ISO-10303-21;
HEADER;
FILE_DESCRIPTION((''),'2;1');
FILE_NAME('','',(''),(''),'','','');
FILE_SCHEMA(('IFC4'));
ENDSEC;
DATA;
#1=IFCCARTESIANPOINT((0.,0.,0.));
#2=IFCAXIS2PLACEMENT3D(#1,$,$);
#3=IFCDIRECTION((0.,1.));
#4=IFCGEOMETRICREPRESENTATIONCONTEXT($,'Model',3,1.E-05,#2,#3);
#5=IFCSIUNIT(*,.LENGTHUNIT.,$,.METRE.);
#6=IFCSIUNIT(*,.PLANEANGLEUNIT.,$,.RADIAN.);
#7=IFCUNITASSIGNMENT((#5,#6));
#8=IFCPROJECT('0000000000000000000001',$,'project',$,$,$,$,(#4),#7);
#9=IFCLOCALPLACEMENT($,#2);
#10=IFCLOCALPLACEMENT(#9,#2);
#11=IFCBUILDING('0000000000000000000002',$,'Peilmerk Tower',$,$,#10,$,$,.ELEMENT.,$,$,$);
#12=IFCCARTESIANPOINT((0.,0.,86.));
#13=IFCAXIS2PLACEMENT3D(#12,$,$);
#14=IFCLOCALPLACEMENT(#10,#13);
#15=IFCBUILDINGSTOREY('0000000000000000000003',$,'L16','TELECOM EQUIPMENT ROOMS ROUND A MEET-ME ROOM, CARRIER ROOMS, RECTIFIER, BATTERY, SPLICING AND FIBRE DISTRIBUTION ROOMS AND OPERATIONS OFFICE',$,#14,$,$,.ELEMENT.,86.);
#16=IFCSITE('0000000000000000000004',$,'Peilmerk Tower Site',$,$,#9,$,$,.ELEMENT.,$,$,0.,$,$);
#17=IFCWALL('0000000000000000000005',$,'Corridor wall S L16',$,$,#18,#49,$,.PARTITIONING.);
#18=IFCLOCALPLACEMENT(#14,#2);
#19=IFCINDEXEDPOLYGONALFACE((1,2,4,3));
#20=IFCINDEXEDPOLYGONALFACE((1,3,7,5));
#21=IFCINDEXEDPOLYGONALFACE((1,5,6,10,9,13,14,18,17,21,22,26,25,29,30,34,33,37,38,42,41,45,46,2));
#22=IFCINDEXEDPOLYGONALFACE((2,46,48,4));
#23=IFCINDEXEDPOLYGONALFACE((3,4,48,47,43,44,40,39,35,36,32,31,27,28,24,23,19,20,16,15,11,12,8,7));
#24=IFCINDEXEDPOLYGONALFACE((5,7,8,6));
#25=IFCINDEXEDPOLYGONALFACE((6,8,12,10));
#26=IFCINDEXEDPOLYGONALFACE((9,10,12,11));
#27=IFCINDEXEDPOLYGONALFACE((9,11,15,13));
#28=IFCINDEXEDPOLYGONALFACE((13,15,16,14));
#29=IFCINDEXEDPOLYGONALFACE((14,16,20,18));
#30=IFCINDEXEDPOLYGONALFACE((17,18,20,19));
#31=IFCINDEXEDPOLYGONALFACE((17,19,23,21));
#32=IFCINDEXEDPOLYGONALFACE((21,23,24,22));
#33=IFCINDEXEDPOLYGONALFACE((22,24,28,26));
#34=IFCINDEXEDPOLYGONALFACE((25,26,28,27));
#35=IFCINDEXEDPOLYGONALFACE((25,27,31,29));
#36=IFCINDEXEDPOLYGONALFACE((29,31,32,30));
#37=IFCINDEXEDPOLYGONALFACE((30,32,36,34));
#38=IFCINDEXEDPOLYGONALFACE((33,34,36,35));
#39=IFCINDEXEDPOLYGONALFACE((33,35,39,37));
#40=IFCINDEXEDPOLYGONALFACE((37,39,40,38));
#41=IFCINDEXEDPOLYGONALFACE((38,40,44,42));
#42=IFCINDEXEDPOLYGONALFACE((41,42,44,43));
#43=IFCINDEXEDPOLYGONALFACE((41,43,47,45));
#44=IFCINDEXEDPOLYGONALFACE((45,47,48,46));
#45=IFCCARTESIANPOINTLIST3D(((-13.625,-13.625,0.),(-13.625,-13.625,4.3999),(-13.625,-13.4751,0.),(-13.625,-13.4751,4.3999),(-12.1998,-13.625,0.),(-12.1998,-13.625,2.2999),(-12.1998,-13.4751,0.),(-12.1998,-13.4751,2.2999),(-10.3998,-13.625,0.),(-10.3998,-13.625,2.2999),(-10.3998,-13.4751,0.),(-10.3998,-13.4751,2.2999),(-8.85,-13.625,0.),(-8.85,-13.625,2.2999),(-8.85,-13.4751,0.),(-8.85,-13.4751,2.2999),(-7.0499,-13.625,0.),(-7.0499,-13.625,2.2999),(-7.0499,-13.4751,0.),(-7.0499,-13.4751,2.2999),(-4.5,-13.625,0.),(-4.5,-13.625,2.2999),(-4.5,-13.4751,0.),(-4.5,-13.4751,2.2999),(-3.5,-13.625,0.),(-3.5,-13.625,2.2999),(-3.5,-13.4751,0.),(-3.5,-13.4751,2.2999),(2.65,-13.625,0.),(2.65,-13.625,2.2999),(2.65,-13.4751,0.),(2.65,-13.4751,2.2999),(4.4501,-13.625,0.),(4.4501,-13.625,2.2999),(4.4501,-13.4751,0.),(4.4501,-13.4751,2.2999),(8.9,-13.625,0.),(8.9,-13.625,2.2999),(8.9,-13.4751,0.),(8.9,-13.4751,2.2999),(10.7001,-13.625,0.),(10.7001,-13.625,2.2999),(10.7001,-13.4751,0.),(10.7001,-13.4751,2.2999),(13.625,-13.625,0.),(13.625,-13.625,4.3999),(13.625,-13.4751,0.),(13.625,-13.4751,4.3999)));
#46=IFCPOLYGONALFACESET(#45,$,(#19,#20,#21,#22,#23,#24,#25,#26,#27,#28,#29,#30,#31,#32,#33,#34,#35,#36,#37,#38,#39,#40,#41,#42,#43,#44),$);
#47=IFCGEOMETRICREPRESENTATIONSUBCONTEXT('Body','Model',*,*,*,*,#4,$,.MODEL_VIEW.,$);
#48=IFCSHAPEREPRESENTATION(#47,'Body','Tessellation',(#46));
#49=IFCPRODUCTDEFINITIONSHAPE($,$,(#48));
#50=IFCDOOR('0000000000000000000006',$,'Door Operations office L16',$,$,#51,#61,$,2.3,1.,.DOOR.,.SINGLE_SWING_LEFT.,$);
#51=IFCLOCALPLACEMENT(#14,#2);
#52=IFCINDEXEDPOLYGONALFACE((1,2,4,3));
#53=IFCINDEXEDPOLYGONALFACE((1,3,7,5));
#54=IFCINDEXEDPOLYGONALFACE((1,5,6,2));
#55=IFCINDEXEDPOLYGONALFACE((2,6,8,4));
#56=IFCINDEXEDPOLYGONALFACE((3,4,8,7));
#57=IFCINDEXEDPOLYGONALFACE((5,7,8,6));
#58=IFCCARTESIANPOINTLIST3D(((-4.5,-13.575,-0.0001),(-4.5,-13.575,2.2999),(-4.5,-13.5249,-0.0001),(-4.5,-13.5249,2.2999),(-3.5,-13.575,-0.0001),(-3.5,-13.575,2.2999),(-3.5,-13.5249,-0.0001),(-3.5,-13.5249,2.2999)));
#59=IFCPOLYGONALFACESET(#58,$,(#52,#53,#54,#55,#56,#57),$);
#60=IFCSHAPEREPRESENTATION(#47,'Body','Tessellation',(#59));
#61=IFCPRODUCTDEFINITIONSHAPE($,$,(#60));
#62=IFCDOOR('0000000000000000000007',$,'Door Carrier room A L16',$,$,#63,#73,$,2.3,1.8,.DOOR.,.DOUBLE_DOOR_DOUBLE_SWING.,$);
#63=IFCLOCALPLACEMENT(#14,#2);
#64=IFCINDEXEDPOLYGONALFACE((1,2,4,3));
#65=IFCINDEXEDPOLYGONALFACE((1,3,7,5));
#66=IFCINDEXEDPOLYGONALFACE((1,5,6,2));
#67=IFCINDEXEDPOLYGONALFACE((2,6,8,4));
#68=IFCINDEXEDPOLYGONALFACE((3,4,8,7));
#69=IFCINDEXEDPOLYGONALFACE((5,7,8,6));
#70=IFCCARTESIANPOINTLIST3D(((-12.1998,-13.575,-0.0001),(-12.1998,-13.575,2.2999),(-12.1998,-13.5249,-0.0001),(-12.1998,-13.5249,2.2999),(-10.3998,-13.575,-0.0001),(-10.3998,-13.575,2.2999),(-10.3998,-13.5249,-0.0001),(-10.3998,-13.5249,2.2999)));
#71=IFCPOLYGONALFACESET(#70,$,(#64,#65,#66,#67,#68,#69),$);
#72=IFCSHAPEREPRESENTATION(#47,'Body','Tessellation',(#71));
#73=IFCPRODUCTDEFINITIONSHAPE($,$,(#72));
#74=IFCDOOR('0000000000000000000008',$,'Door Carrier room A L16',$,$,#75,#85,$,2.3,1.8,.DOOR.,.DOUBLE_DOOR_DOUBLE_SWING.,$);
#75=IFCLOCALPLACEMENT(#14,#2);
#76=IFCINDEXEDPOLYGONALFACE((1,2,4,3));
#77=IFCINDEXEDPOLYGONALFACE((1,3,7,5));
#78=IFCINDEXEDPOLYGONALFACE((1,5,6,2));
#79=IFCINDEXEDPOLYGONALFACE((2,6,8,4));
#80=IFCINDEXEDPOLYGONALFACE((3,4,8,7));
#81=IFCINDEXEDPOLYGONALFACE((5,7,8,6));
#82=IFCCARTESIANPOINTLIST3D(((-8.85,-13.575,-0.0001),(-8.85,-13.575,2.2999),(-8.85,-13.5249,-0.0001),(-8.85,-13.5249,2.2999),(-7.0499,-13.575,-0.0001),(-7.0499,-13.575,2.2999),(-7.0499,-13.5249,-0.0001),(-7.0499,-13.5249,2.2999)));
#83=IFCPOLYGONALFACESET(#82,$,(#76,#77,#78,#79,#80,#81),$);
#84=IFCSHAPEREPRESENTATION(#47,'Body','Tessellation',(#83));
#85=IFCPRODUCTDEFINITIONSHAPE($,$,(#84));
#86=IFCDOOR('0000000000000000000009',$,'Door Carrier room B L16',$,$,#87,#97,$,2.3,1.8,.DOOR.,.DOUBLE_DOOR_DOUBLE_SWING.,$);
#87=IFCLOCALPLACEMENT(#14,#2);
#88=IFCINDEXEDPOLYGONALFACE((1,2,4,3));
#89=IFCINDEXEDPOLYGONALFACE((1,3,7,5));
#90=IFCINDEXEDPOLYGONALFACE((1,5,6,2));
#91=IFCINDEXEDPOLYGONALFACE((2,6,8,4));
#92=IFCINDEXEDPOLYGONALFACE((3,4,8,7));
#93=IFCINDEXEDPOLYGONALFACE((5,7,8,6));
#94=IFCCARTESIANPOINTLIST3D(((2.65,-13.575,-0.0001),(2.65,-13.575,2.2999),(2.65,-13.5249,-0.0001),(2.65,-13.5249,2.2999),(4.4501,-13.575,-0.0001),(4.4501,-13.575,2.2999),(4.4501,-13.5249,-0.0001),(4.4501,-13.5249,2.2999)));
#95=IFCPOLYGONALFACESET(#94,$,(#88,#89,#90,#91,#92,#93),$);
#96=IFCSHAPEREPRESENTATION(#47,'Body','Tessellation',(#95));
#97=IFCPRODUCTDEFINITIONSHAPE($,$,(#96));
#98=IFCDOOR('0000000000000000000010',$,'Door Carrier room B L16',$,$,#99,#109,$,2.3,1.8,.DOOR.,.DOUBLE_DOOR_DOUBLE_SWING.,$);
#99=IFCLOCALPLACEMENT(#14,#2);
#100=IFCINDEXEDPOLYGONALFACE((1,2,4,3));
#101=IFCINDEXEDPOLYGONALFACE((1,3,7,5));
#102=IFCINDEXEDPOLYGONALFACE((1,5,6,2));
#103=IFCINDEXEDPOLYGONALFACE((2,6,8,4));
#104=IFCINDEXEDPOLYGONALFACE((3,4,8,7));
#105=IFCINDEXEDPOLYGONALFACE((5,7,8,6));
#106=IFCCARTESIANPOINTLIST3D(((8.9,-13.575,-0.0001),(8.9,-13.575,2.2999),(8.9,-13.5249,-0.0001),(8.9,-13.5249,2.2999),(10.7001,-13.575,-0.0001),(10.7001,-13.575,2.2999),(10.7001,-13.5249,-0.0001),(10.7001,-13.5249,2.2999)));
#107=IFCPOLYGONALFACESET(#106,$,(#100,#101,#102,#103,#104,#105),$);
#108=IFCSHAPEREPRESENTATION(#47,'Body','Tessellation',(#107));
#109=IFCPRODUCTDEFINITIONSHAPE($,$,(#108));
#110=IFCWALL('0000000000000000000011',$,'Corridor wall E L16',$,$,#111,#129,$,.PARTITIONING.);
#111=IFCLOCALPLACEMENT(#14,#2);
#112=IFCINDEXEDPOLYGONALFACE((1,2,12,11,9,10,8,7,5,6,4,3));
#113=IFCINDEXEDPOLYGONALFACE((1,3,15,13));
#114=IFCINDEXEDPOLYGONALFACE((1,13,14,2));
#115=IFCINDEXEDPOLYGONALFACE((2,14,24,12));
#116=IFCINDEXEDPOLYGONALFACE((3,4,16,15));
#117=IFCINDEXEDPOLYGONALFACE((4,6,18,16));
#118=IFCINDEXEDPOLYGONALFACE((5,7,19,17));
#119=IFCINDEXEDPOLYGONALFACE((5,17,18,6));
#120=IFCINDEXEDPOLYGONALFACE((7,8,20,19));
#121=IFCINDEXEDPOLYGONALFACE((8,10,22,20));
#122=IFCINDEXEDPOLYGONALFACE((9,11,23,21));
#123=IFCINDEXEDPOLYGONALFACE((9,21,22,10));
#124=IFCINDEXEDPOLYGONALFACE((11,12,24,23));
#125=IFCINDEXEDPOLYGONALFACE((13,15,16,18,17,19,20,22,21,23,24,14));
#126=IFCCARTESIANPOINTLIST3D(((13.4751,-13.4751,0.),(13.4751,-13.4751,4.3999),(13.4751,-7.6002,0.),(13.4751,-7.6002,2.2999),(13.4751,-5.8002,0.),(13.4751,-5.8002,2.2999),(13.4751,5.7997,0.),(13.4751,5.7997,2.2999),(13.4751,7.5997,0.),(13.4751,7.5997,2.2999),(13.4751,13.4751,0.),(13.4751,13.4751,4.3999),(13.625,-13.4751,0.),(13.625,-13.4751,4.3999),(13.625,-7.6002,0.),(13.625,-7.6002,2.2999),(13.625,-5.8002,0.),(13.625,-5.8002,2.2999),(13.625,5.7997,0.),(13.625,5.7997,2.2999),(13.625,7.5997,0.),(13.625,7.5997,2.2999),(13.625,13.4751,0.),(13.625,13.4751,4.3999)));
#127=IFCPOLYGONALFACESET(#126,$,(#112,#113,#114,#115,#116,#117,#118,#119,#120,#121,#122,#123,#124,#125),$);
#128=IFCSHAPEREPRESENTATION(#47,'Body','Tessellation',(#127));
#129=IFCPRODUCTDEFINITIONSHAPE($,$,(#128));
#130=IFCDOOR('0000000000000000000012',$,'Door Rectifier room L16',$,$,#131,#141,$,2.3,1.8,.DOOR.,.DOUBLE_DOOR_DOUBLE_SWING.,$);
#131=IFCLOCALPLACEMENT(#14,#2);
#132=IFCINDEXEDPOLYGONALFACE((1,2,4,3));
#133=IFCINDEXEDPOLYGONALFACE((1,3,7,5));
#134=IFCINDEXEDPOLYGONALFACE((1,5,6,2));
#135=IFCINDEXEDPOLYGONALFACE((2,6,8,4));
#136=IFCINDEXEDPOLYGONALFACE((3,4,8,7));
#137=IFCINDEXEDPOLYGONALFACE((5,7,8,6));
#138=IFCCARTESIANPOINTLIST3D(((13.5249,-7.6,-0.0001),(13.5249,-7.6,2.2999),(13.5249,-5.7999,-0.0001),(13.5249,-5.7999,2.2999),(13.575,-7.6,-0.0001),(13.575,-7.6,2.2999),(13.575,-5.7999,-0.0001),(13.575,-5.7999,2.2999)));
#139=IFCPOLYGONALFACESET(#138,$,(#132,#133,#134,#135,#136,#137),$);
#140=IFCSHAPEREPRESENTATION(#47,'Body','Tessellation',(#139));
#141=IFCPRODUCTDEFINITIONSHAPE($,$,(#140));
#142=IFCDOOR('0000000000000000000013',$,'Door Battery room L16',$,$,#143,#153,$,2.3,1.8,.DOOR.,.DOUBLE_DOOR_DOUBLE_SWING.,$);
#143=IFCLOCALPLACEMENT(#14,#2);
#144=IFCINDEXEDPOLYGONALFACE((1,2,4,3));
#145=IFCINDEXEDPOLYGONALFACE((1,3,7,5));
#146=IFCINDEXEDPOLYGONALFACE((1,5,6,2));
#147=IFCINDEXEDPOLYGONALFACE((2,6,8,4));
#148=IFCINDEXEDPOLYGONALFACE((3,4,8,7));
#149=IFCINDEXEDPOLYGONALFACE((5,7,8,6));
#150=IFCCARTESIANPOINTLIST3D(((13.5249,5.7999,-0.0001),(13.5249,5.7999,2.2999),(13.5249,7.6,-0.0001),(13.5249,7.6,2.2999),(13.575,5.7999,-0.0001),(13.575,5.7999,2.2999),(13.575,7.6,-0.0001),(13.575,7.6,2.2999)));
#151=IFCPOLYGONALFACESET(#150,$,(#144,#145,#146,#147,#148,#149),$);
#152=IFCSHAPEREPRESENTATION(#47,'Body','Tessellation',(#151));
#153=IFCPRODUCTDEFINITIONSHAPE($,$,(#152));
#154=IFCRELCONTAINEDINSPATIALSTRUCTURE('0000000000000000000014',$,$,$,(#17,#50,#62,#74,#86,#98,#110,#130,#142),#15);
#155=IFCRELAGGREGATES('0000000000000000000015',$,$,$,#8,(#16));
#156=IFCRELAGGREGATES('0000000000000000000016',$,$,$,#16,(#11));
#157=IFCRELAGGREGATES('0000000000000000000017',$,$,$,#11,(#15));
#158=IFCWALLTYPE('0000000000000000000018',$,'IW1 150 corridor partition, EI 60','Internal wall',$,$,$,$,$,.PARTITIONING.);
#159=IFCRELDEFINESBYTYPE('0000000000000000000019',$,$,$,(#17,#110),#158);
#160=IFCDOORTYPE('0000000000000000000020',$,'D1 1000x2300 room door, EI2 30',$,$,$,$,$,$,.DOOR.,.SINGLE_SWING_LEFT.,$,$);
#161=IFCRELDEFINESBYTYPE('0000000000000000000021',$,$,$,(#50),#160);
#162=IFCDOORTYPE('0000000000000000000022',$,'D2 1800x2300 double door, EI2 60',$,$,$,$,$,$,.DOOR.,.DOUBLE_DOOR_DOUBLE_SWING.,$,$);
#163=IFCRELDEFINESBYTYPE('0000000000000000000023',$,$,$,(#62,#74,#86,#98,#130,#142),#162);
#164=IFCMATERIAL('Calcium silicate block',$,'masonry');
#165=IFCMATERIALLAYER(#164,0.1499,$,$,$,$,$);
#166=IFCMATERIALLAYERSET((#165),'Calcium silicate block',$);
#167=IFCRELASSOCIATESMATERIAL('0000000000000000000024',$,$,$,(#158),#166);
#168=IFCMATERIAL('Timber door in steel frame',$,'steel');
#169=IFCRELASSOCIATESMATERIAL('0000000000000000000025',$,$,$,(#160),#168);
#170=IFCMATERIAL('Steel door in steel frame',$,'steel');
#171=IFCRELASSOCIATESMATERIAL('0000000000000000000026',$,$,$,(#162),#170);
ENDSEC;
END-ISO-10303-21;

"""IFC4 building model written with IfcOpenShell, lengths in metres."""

from ifc_helpers import new_model, si_unit, direction, frame, frame_2d, origin, place, context, subcontext, project, spatial, rectangle, extrude, material, layer, layer_set, type_object, element, fill, save


model = new_model("IFC4")

# Units and contexts
model_context = context("Model", 3, precision=1e-05, world=origin(), true_north=direction((0.0, 1.0)))
body_context = subcontext(model_context, "Body", "Model", "MODEL_VIEW")
ifc_project = project(units=[si_unit("LENGTHUNIT", "METRE"), si_unit("PLANEANGLEUNIT", "RADIAN")], contexts=[model_context])

# Site, building, storey
site_placement = place(None, origin())
site = spatial("IfcSite", under=ifc_project, at=site_placement, Name="Peilmerk Tower Site", CompositionType="ELEMENT", RefElevation=0.0)
building_placement = place(site_placement, origin())
building = spatial("IfcBuilding", under=site, at=building_placement, Name="Peilmerk Tower", CompositionType="ELEMENT")
storey_placement = place(building_placement, frame((0.0, 0.0, 86.0)))
storey = spatial("IfcBuildingStorey", under=building, at=storey_placement, Name="L16", Description="TELECOM EQUIPMENT ROOMS ROUND A MEET-ME ROOM, CARRIER ROOMS, RECTIFIER, BATTERY, SPLICING AND FIBRE DISTRIBUTION ROOMS AND OPERATIONS OFFICE", CompositionType="ELEMENT", Elevation=86.0)

# Walls, openings, doors
ifc_material_1 = material(Name="Calcium silicate block", Category="masonry")
ifc_layer_1 = layer(ifc_material_1, 0.1499)
ifc_layer_set_1 = layer_set([ifc_layer_1], Name="Calcium silicate block")
wall_type_1 = type_object("IfcWallType", Name="IW1 150 corridor partition, EI 60", Description="Internal wall", PredefinedType="PARTITIONING", material=ifc_layer_set_1)
wall_1_placement = place(storey_placement, frame((13.625, -13.55, 0.0), z_axis=(0.0, 0.0, 1.0), x_axis=(-1.0, 0.0, 0.0)))
wall_1 = element("IfcWall", 1, at=wall_1_placement, inside=storey, type_object=wall_type_1, Name="Corridor wall S L16", PredefinedType="PARTITIONING", context=body_context, shape_type="SweptSolid", body=[
    extrude(rectangle(XDim=27.25, YDim=0.1499, at=frame_2d((13.625, 0.0))), origin(), (0.0, 0.0, 1.0), 4.3999),
])
opening_1_placement = place(wall_1_placement, frame((24.0249, 0.0, 0.0)))
opening_1 = element("IfcOpeningElement", 2, at=opening_1_placement, cuts=wall_1, PredefinedType="OPENING", context=body_context, shape_type="SweptSolid", body=[
    extrude(rectangle(XDim=1.8, YDim=2.3, at=frame_2d((0.8999, 1.1499))), frame((0.0, 0.085, 0.0), z_axis=(0.0, -1.0, 0.0), x_axis=(1.0, 0.0, 0.0)), (0.0, 0.0, 1.0), 0.1699),
])
opening_2_placement = place(wall_1_placement, frame((20.675, 0.0, 0.0)))
opening_2 = element("IfcOpeningElement", 3, at=opening_2_placement, cuts=wall_1, PredefinedType="OPENING", context=body_context, shape_type="SweptSolid", body=[
    extrude(rectangle(XDim=1.8, YDim=2.3, at=frame_2d((0.8999, 1.1499))), frame((0.0, 0.085, 0.0), z_axis=(0.0, -1.0, 0.0), x_axis=(1.0, 0.0, 0.0)), (0.0, 0.0, 1.0), 0.1699),
])
opening_3_placement = place(wall_1_placement, frame((9.175, 0.0, 0.0)))
opening_3 = element("IfcOpeningElement", 4, at=opening_3_placement, cuts=wall_1, PredefinedType="OPENING", context=body_context, shape_type="SweptSolid", body=[
    extrude(rectangle(XDim=1.8, YDim=2.3, at=frame_2d((0.8999, 1.1499))), frame((0.0, 0.085, 0.0), z_axis=(0.0, -1.0, 0.0), x_axis=(1.0, 0.0, 0.0)), (0.0, 0.0, 1.0), 0.1699),
])
opening_4_placement = place(wall_1_placement, frame((2.925, 0.0, 0.0)))
opening_4 = element("IfcOpeningElement", 5, at=opening_4_placement, cuts=wall_1, PredefinedType="OPENING", context=body_context, shape_type="SweptSolid", body=[
    extrude(rectangle(XDim=1.8, YDim=2.3, at=frame_2d((0.8999, 1.1499))), frame((0.0, 0.085, 0.0), z_axis=(0.0, -1.0, 0.0), x_axis=(1.0, 0.0, 0.0)), (0.0, 0.0, 1.0), 0.1699),
])
opening_5_placement = place(wall_1_placement, frame((17.125, 0.0, 0.0)))
opening_5 = element("IfcOpeningElement", 6, at=opening_5_placement, cuts=wall_1, PredefinedType="OPENING", context=body_context, shape_type="SweptSolid", body=[
    extrude(rectangle(XDim=1.0, YDim=2.3, at=frame_2d((0.5, 1.1499))), frame((0.0, 0.085, 0.0), z_axis=(0.0, -1.0, 0.0), x_axis=(1.0, 0.0, 0.0)), (0.0, 0.0, 1.0), 0.1699),
])
ifc_material_2 = material(Name="Timber door in steel frame", Category="steel")
door_type_1 = type_object("IfcDoorType", Name="D1 1000x2300 room door, EI2 30", OperationType="SINGLE_SWING_LEFT", PredefinedType="DOOR", material=ifc_material_2)
door_1_placement = place(opening_5_placement, origin())
door_1 = element("IfcDoor", 7, at=door_1_placement, inside=storey, type_object=door_type_1, Name="Door Operations office L16", OperationType="SINGLE_SWING_LEFT", OverallHeight=2.3, OverallWidth=1.0, PredefinedType="DOOR", context=body_context, shape_type="SweptSolid", body=[
    extrude(rectangle(XDim=1.0, YDim=2.3, at=frame_2d((0.5, 1.1499))), frame((0.0, 0.0249, 0.0), z_axis=(0.0, -1.0, 0.0), x_axis=(1.0, 0.0, 0.0)), (0.0, 0.0, 1.0), 0.05),
])
fill(opening_5, door_1)
ifc_material_3 = material(Name="Steel door in steel frame", Category="steel")
door_type_2 = type_object("IfcDoorType", Name="D2 1800x2300 double door, EI2 60", OperationType="DOUBLE_DOOR_DOUBLE_SWING", PredefinedType="DOOR", material=ifc_material_3)
door_2_placement = place(opening_1_placement, origin())
door_2 = element("IfcDoor", 8, at=door_2_placement, inside=storey, type_object=door_type_2, Name="Door Carrier room A L16", OperationType="DOUBLE_DOOR_DOUBLE_SWING", OverallHeight=2.3, OverallWidth=1.8, PredefinedType="DOOR", context=body_context, shape_type="SweptSolid", body=[
    extrude(rectangle(XDim=1.8, YDim=2.3, at=frame_2d((0.8999, 1.1499))), frame((0.0, 0.0249, 0.0), z_axis=(0.0, -1.0, 0.0), x_axis=(1.0, 0.0, 0.0)), (0.0, 0.0, 1.0), 0.05),
])
fill(opening_1, door_2)
door_3_placement = place(opening_2_placement, origin())
door_3 = element("IfcDoor", 9, at=door_3_placement, inside=storey, type_object=door_type_2, Name="Door Carrier room A L16", OperationType="DOUBLE_DOOR_DOUBLE_SWING", OverallHeight=2.3, OverallWidth=1.8, PredefinedType="DOOR", context=body_context, shape_type="SweptSolid", body=[
    extrude(rectangle(XDim=1.8, YDim=2.3, at=frame_2d((0.8999, 1.1499))), frame((0.0, 0.0249, 0.0), z_axis=(0.0, -1.0, 0.0), x_axis=(1.0, 0.0, 0.0)), (0.0, 0.0, 1.0), 0.05),
])
fill(opening_2, door_3)
door_4_placement = place(opening_3_placement, origin())
door_4 = element("IfcDoor", 10, at=door_4_placement, inside=storey, type_object=door_type_2, Name="Door Carrier room B L16", OperationType="DOUBLE_DOOR_DOUBLE_SWING", OverallHeight=2.3, OverallWidth=1.8, PredefinedType="DOOR", context=body_context, shape_type="SweptSolid", body=[
    extrude(rectangle(XDim=1.8, YDim=2.3, at=frame_2d((0.8999, 1.1499))), frame((0.0, 0.0249, 0.0), z_axis=(0.0, -1.0, 0.0), x_axis=(1.0, 0.0, 0.0)), (0.0, 0.0, 1.0), 0.05),
])
fill(opening_3, door_4)
door_5_placement = place(opening_4_placement, origin())
door_5 = element("IfcDoor", 11, at=door_5_placement, inside=storey, type_object=door_type_2, Name="Door Carrier room B L16", OperationType="DOUBLE_DOOR_DOUBLE_SWING", OverallHeight=2.3, OverallWidth=1.8, PredefinedType="DOOR", context=body_context, shape_type="SweptSolid", body=[
    extrude(rectangle(XDim=1.8, YDim=2.3, at=frame_2d((0.8999, 1.1499))), frame((0.0, 0.0249, 0.0), z_axis=(0.0, -1.0, 0.0), x_axis=(1.0, 0.0, 0.0)), (0.0, 0.0, 1.0), 0.05),
])
fill(opening_4, door_5)
wall_2_placement = place(storey_placement, frame((13.55, -13.4751, 0.0), z_axis=(0.0, 0.0, 1.0), x_axis=(0.0, 1.0, 0.0)))
wall_2 = element("IfcWall", 12, at=wall_2_placement, inside=storey, type_object=wall_type_1, Name="Corridor wall E L16", PredefinedType="PARTITIONING", context=body_context, shape_type="SweptSolid", body=[
    extrude(rectangle(XDim=26.9502, YDim=0.1499, at=frame_2d((13.4751, 0.0))), origin(), (0.0, 0.0, 1.0), 4.3999),
])
opening_6_placement = place(wall_2_placement, frame((5.875, 0.0, 0.0)))
opening_6 = element("IfcOpeningElement", 13, at=opening_6_placement, cuts=wall_2, PredefinedType="OPENING", context=body_context, shape_type="SweptSolid", body=[
    extrude(rectangle(XDim=1.8, YDim=2.3, at=frame_2d((0.8999, 1.1499))), frame((0.0, 0.085, 0.0), z_axis=(0.0, -1.0, 0.0), x_axis=(1.0, 0.0, 0.0)), (0.0, 0.0, 1.0), 0.1699),
])
opening_7_placement = place(wall_2_placement, frame((19.2749, 0.0, 0.0)))
opening_7 = element("IfcOpeningElement", 14, at=opening_7_placement, cuts=wall_2, PredefinedType="OPENING", context=body_context, shape_type="SweptSolid", body=[
    extrude(rectangle(XDim=1.8, YDim=2.3, at=frame_2d((0.8999, 1.1499))), frame((0.0, 0.085, 0.0), z_axis=(0.0, -1.0, 0.0), x_axis=(1.0, 0.0, 0.0)), (0.0, 0.0, 1.0), 0.1699),
])
door_6_placement = place(opening_6_placement, frame((1.8, 0.0, 0.0), z_axis=(0.0, 0.0, 1.0), x_axis=(-1.0, 0.0, 0.0)))
door_6 = element("IfcDoor", 15, at=door_6_placement, inside=storey, type_object=door_type_2, Name="Door Rectifier room L16", OperationType="DOUBLE_DOOR_DOUBLE_SWING", OverallHeight=2.3, OverallWidth=1.8, PredefinedType="DOOR", context=body_context, shape_type="SweptSolid", body=[
    extrude(rectangle(XDim=1.8, YDim=2.3, at=frame_2d((0.8999, 1.1499))), frame((0.0, 0.0249, 0.0), z_axis=(0.0, -1.0, 0.0), x_axis=(1.0, 0.0, 0.0)), (0.0, 0.0, 1.0), 0.05),
])
fill(opening_6, door_6)
door_7_placement = place(opening_7_placement, frame((1.8, 0.0, 0.0), z_axis=(0.0, 0.0, 1.0), x_axis=(-1.0, 0.0, 0.0)))
door_7 = element("IfcDoor", 16, at=door_7_placement, inside=storey, type_object=door_type_2, Name="Door Battery room L16", OperationType="DOUBLE_DOOR_DOUBLE_SWING", OverallHeight=2.3, OverallWidth=1.8, PredefinedType="DOOR", context=body_context, shape_type="SweptSolid", body=[
    extrude(rectangle(XDim=1.8, YDim=2.3, at=frame_2d((0.8999, 1.1499))), frame((0.0, 0.0249, 0.0), z_axis=(0.0, -1.0, 0.0), x_axis=(1.0, 0.0, 0.0)), (0.0, 0.0, 1.0), 0.05),
])
fill(opening_7, door_7)

save(model, "model.ifc")
